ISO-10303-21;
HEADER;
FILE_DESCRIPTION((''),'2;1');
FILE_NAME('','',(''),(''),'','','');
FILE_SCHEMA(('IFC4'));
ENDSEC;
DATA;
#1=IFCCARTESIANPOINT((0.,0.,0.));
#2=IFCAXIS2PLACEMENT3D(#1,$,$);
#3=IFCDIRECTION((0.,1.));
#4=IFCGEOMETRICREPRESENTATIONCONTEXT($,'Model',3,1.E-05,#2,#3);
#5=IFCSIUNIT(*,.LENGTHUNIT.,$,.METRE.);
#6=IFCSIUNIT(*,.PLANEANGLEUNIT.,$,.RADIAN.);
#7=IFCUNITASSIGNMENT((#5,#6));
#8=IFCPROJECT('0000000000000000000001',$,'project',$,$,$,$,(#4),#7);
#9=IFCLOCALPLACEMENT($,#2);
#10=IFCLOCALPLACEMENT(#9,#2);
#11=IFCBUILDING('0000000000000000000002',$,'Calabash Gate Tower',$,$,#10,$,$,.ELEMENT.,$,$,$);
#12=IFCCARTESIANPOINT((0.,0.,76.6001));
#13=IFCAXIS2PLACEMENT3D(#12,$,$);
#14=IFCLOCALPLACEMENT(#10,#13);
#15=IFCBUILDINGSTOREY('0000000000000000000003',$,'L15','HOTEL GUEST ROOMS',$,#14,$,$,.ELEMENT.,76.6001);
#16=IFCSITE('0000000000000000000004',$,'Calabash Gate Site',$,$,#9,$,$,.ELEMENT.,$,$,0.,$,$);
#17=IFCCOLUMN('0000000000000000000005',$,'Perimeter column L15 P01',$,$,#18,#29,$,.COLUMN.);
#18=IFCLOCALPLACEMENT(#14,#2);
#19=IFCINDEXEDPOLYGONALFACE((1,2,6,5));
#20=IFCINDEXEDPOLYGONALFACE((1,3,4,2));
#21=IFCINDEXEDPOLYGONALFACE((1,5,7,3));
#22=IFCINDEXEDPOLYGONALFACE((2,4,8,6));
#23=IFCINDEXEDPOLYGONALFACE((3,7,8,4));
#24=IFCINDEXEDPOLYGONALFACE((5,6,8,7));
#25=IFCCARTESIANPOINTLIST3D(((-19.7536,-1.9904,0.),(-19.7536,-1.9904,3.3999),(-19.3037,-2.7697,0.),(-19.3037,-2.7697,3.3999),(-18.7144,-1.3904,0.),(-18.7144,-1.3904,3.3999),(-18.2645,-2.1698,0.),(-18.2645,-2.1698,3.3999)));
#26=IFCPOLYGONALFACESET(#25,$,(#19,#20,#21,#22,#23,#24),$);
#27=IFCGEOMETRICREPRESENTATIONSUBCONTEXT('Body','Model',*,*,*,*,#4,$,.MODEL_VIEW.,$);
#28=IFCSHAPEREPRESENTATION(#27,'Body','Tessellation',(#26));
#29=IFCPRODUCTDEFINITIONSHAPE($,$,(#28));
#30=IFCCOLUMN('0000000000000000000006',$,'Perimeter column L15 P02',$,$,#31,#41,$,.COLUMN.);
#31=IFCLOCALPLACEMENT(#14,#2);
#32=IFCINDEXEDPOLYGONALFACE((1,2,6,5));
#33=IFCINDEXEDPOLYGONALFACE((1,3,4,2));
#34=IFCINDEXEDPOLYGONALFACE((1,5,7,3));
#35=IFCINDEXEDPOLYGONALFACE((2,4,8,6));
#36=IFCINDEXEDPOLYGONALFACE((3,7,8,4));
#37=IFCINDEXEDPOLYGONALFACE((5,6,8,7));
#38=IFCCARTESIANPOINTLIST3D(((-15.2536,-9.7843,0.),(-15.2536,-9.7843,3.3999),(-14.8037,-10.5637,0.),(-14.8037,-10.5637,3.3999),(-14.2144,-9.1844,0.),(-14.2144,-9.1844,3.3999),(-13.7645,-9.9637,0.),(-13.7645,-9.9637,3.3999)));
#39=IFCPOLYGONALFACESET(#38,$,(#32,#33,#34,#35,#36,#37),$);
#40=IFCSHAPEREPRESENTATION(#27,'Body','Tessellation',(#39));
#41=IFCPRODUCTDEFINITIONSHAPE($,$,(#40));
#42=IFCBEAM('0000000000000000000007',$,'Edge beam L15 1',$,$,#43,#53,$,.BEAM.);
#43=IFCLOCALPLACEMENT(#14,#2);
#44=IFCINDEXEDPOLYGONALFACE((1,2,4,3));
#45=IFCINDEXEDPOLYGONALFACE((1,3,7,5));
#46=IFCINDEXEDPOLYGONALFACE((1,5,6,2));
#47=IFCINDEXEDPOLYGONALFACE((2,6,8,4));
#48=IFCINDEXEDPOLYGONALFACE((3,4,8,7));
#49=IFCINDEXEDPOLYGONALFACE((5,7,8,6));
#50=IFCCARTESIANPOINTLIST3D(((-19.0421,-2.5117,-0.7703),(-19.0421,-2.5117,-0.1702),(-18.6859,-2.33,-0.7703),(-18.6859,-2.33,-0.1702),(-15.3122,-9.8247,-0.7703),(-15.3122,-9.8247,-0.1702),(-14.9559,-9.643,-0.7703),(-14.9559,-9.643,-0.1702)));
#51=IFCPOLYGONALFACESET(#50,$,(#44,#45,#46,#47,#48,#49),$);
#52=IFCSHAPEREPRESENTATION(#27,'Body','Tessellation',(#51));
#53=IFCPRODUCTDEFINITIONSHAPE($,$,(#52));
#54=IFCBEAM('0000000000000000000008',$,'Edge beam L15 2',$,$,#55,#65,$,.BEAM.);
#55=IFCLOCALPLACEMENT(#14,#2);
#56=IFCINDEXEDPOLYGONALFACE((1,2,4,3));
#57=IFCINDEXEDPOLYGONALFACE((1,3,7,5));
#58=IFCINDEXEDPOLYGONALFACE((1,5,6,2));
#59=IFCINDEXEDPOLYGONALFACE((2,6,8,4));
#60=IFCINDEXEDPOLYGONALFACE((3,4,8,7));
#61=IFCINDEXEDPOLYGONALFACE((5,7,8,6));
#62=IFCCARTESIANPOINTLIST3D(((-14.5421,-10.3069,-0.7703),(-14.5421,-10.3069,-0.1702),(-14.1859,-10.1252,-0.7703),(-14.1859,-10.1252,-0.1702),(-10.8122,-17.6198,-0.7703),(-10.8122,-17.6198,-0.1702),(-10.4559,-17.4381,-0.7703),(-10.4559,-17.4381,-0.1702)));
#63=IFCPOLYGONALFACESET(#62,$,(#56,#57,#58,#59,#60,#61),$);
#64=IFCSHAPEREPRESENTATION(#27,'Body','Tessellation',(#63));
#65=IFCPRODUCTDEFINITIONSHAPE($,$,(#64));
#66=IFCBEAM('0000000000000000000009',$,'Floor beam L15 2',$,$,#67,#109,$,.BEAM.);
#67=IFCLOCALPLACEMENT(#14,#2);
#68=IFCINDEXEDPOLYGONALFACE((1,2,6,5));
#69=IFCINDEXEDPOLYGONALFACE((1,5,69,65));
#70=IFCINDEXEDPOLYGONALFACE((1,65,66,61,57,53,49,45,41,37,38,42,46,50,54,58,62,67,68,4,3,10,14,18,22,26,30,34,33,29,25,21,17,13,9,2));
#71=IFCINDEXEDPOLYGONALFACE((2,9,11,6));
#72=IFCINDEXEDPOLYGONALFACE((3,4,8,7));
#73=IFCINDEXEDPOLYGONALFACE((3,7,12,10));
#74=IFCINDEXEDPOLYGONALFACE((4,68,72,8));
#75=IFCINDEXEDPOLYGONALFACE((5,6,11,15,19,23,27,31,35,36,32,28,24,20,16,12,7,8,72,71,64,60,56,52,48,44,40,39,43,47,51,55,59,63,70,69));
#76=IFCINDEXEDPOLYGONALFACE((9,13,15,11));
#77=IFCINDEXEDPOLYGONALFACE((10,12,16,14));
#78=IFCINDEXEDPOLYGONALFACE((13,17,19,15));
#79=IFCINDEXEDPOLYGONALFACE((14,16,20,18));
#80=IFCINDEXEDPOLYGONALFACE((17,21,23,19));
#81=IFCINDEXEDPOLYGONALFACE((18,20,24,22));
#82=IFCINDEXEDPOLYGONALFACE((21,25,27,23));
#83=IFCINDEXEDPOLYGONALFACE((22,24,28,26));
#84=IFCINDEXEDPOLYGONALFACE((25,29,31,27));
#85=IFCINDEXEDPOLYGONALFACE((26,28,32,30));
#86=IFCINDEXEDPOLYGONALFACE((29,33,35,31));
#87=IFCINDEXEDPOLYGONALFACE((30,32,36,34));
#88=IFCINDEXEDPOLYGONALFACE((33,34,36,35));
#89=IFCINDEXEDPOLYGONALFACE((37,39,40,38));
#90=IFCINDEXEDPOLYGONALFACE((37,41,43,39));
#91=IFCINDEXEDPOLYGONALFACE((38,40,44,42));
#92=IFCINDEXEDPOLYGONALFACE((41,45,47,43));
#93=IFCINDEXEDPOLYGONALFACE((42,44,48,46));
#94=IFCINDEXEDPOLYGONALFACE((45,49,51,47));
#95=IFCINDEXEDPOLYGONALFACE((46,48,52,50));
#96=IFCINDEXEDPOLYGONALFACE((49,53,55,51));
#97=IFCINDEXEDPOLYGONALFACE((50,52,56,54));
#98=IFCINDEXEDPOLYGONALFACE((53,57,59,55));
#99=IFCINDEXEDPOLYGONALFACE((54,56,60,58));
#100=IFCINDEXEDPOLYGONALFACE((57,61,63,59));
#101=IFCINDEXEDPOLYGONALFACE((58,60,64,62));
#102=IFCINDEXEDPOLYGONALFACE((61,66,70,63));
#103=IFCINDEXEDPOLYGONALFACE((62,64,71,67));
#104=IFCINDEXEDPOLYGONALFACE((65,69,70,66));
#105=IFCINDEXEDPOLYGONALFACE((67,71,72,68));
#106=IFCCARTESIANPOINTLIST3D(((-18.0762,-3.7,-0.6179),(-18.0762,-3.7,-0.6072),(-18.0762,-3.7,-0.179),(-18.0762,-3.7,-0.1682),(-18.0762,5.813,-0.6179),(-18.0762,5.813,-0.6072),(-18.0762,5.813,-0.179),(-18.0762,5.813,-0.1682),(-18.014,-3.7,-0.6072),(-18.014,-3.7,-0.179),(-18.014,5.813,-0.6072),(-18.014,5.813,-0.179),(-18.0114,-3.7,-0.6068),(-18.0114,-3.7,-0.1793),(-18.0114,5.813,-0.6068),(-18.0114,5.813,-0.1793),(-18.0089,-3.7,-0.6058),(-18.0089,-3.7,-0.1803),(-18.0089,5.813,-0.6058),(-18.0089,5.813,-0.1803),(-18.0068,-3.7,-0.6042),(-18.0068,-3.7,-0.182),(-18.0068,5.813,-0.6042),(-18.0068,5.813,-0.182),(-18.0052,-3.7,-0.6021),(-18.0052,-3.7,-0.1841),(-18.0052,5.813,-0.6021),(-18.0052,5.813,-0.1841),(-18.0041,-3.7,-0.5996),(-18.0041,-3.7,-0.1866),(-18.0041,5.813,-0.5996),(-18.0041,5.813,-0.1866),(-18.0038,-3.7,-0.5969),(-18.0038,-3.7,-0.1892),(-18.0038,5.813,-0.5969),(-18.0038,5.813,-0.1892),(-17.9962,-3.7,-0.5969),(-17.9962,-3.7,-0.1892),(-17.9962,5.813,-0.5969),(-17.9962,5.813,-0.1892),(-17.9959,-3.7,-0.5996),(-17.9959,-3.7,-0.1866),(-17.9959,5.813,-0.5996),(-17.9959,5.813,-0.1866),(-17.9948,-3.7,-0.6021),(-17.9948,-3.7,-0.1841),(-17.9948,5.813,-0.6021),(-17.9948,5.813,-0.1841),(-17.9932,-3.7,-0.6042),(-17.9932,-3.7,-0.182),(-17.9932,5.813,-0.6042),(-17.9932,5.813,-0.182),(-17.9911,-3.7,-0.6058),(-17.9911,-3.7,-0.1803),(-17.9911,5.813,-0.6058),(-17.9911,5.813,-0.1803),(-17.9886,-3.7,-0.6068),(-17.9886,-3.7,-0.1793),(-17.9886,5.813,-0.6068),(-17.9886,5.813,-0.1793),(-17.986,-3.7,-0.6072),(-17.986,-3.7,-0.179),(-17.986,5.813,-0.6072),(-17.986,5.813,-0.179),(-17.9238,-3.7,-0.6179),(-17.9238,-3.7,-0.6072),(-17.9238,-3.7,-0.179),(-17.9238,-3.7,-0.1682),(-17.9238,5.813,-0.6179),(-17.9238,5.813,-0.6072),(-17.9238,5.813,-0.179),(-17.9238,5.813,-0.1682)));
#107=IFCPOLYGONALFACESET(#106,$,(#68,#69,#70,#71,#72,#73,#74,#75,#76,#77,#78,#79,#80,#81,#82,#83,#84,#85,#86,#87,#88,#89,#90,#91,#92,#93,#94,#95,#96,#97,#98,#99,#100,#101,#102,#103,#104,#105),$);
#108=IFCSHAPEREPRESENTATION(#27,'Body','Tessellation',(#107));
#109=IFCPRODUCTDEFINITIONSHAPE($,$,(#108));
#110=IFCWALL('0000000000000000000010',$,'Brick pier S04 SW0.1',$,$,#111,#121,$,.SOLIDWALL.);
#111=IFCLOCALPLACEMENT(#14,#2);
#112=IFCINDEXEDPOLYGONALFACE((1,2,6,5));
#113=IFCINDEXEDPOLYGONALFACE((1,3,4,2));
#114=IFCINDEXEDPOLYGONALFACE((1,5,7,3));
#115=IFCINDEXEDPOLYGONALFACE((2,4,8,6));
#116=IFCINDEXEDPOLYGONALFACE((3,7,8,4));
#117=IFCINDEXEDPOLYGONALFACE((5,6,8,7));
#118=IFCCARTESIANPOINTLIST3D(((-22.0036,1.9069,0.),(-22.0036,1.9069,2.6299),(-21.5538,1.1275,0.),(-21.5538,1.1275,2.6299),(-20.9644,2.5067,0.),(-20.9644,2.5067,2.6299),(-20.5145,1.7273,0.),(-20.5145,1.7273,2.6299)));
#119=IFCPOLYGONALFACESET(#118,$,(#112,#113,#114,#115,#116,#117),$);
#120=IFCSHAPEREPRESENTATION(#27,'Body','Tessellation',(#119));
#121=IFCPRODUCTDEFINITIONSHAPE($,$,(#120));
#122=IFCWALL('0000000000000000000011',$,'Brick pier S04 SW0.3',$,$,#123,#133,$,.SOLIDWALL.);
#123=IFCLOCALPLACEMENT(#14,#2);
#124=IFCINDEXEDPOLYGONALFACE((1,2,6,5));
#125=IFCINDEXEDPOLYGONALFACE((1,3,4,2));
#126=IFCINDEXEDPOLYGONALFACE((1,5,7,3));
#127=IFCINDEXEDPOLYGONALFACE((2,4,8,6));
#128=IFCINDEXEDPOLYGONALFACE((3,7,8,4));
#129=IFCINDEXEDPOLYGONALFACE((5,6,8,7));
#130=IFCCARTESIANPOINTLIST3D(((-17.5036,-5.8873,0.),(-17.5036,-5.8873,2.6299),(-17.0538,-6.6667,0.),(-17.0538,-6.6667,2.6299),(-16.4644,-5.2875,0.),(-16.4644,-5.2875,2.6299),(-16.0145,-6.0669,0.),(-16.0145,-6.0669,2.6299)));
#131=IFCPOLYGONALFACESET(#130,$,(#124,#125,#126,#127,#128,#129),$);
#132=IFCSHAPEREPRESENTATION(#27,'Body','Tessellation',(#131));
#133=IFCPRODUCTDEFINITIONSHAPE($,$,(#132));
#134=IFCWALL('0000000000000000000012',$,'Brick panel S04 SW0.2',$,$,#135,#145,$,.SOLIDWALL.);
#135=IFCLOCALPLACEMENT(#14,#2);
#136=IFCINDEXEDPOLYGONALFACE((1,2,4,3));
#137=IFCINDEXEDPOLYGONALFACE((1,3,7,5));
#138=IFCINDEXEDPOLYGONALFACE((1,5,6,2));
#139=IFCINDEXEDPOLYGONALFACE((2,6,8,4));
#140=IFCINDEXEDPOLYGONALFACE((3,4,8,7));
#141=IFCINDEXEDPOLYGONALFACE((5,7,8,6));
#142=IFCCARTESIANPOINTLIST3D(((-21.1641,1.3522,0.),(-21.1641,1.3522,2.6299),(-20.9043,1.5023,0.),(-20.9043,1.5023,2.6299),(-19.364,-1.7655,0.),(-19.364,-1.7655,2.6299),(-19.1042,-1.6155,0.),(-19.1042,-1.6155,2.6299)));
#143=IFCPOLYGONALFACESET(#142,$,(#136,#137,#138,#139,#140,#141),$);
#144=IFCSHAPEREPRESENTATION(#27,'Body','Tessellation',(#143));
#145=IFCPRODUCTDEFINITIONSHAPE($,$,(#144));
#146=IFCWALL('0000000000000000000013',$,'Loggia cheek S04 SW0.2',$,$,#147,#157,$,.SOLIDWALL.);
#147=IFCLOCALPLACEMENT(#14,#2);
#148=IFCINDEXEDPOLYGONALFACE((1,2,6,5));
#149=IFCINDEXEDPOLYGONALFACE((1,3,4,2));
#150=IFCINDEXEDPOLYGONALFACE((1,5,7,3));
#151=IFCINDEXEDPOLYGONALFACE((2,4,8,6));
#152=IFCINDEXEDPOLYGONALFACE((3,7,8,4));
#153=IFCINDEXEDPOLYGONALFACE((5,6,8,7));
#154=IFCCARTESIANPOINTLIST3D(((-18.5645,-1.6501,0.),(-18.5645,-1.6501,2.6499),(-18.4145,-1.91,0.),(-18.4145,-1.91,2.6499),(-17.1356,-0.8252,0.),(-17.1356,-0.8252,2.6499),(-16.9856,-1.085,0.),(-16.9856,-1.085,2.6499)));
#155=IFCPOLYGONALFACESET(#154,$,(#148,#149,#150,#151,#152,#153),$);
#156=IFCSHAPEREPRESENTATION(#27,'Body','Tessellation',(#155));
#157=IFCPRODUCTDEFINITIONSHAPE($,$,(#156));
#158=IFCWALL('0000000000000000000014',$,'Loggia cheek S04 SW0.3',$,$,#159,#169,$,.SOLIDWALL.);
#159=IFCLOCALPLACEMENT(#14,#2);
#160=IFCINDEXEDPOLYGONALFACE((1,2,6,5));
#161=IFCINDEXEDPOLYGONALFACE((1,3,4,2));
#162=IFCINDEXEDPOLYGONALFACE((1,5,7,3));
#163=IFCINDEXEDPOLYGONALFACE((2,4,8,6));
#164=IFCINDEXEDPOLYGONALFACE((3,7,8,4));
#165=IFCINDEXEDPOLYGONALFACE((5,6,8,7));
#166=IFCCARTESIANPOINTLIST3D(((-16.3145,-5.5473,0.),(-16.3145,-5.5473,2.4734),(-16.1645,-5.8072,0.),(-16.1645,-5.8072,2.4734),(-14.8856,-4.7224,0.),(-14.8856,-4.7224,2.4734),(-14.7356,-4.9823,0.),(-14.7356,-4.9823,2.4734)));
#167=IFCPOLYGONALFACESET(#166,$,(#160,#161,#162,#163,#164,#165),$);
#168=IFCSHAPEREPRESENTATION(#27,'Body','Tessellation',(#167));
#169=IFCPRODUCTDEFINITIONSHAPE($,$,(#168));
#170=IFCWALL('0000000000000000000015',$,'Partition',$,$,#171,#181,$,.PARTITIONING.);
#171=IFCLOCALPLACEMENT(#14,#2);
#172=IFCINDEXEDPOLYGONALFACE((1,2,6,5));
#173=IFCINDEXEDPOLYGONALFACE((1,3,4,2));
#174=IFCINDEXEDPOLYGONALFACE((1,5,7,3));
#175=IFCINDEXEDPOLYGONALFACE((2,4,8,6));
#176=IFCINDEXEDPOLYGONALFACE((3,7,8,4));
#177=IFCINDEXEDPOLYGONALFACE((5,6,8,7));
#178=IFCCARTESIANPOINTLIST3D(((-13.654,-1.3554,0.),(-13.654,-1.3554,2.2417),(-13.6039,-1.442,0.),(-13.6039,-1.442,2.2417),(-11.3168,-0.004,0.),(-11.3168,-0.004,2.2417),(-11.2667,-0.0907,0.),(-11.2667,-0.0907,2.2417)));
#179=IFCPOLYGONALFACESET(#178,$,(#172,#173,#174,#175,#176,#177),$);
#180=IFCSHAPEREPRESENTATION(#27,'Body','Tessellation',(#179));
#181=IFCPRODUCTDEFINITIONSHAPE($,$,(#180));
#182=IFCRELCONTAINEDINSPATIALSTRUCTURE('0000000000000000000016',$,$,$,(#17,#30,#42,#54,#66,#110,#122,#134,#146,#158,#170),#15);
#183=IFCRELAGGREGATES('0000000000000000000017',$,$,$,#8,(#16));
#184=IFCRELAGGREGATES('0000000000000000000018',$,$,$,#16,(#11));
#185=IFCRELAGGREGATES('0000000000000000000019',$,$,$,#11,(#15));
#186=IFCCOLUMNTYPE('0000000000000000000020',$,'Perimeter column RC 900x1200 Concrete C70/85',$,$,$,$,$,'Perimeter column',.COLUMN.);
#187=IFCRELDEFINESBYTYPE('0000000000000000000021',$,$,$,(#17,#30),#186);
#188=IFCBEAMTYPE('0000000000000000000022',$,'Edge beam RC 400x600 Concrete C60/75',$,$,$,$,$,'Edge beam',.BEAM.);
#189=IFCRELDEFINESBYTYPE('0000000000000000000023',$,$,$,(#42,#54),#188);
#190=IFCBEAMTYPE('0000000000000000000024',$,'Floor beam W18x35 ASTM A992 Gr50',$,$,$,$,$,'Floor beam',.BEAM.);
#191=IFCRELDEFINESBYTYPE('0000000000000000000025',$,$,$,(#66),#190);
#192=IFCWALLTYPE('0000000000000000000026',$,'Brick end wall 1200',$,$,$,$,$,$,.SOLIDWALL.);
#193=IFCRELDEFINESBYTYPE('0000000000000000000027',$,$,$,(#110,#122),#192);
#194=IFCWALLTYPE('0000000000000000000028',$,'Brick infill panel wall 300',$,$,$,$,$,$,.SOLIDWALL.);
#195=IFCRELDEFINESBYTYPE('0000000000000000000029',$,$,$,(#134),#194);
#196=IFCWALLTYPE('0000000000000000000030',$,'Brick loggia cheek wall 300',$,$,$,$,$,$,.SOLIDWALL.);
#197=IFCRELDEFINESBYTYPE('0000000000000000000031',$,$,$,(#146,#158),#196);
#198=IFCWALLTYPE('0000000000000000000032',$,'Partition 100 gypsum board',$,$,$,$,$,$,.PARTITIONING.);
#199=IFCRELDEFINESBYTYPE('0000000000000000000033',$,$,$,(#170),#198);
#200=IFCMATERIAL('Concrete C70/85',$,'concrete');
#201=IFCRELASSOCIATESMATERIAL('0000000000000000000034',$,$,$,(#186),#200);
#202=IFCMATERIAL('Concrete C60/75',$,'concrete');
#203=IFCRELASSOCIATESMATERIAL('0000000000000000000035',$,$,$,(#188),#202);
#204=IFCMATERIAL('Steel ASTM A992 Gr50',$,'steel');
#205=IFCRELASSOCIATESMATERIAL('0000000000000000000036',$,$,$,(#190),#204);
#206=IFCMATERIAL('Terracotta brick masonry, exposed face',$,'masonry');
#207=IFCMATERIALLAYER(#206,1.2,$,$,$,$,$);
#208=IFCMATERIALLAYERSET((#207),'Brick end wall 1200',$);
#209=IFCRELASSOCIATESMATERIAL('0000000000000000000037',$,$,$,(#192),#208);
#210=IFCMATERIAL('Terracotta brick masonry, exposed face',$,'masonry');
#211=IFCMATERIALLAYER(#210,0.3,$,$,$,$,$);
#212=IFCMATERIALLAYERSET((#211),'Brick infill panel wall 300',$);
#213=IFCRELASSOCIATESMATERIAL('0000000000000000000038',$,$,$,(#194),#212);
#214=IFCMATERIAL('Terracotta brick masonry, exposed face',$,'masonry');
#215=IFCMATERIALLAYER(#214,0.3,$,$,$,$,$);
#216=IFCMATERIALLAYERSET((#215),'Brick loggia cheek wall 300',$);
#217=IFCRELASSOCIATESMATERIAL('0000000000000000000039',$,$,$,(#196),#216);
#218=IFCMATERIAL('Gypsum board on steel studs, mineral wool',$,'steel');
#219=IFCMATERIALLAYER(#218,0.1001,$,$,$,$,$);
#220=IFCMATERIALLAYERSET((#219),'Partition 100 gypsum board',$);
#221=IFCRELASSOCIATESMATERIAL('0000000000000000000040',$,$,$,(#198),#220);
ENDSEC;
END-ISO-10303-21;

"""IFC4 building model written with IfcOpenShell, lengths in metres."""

from ifc_helpers import new_model, si_unit, direction, frame, frame_2d, origin, origin_2d, place, context, subcontext, project, spatial, rectangle, i_section, extrude, material, layer, layer_set, material_profile, profile_set, type_object, element, save


model = new_model("IFC4")

# Units and contexts
model_context = context("Model", 3, precision=1e-05, world=origin(), true_north=direction((0.0, 1.0)))
body_context = subcontext(model_context, "Body", "Model", "MODEL_VIEW")
ifc_project = project(units=[si_unit("LENGTHUNIT", "METRE"), si_unit("PLANEANGLEUNIT", "RADIAN")], contexts=[model_context])

# Site, building, storey
site_placement = place(None, origin())
site = spatial("IfcSite", under=ifc_project, at=site_placement, Name="Calabash Gate Site", CompositionType="ELEMENT", RefElevation=0.0)
building_placement = place(site_placement, origin())
building = spatial("IfcBuilding", under=site, at=building_placement, Name="Calabash Gate Tower", CompositionType="ELEMENT")
storey_placement = place(building_placement, frame((0.0, 0.0, 76.6001)))
storey = spatial("IfcBuildingStorey", under=building, at=storey_placement, Name="L15", Description="HOTEL GUEST ROOMS", CompositionType="ELEMENT", Elevation=76.6001)

# Columns
ifc_material_1 = material(Name="Concrete C70/85", Category="concrete")
ifc_material_profile_1 = material_profile(ifc_material_1, rectangle(XDim=0.8999, YDim=1.2, at=origin_2d()))
ifc_profile_set_1 = profile_set([ifc_material_profile_1], Name="Concrete C70/85")
column_type = type_object("IfcColumnType", Name="Perimeter column RC 900x1200 Concrete C70/85", ElementType="Perimeter column", PredefinedType="COLUMN", material=ifc_profile_set_1)
for number, where, z_axis, x_axis, name in (
    (1, (-19.009, -2.0801, 0.0), (0.0, 0.0, 1.0), (0.5, -0.866025, 0.0), "Perimeter column L15 P01"),
    (2, (-14.509, -9.874, 0.0), (0.0, 0.0, 1.0), (0.5, -0.866025, 0.0), "Perimeter column L15 P02"),
):
    element("IfcColumn", number, at=place(storey_placement, frame(where, z_axis=z_axis, x_axis=x_axis)), inside=storey, type_object=column_type, Name=name, PredefinedType="COLUMN", context=body_context, shape_type="SweptSolid", body=[
        extrude(rectangle(XDim=0.8999, YDim=1.2, at=origin_2d()), origin(), (0.0, 0.0, 1.0), 3.3999),
    ])

# Beams
ifc_material_2 = material(Name="Concrete C60/75", Category="concrete")
ifc_material_profile_2 = material_profile(ifc_material_2, rectangle(XDim=0.3999, YDim=0.6001, at=origin_2d()))
ifc_profile_set_2 = profile_set([ifc_material_profile_2], Name="Concrete C60/75")
beam_type_1 = type_object("IfcBeamType", Name="Edge beam RC 400x600 Concrete C60/75", ElementType="Edge beam", PredefinedType="BEAM", material=ifc_profile_set_2)
for number, where, z_axis, x_axis, name in (
    (3, (-18.864, -2.4209, -0.4702), (0.454361, -0.890818, 0.0), (0.890818, 0.454361, 0.0), "Edge beam L15 1"),
    (4, (-14.364, -10.2161, -0.4702), (0.454361, -0.890818, 0.0), (0.890818, 0.454361, 0.0), "Edge beam L15 2"),
):
    element("IfcBeam", number, at=place(storey_placement, frame(where, z_axis=z_axis, x_axis=x_axis)), inside=storey, type_object=beam_type_1, Name=name, PredefinedType="BEAM", context=body_context, shape_type="SweptSolid", body=[
        extrude(rectangle(XDim=0.3999, YDim=0.6001, at=origin_2d()), origin(), (0.0, 0.0, 1.0), 8.2092),
    ])
ifc_material_3 = material(Name="Steel ASTM A992 Gr50", Category="steel")
ifc_material_profile_3 = material_profile(ifc_material_3, i_section(OverallWidth=0.1523, OverallDepth=0.4497, WebThickness=0.0076, FlangeThickness=0.0107, FilletRadius=0.0103, at=origin_2d()))
ifc_profile_set_3 = profile_set([ifc_material_profile_3], Name="Steel ASTM A992 Gr50")
beam_type_2 = type_object("IfcBeamType", Name="Floor beam W18x35 ASTM A992 Gr50", ElementType="Floor beam", PredefinedType="BEAM", material=ifc_profile_set_3)
beam_placement = place(storey_placement, frame((-18.0, -3.7, -0.3931), z_axis=(0.0, 1.0, 0.0), x_axis=(-1.0, 0.0, 0.0)))
element("IfcBeam", 5, at=beam_placement, inside=storey, type_object=beam_type_2, Name="Floor beam L15 2", PredefinedType="BEAM", context=body_context, shape_type="SweptSolid", body=[
    extrude(i_section(OverallWidth=0.1523, OverallDepth=0.4497, WebThickness=0.0076, FlangeThickness=0.0107, FilletRadius=0.0103, at=origin_2d()), origin(), (0.0, 0.0, 1.0), 9.5129),
])

# Walls
ifc_material_4 = material(Name="Terracotta brick masonry, exposed face", Category="masonry")
ifc_layer_1 = layer(ifc_material_4, 1.2)
ifc_layer_set_1 = layer_set([ifc_layer_1], Name="Brick end wall 1200")
wall_type_1 = type_object("IfcWallType", Name="Brick end wall 1200", PredefinedType="SOLIDWALL", material=ifc_layer_set_1)
for number, where, z_axis, x_axis, name in (
    (6, (-21.7788, 1.5171, 0.0), (0.0, 0.0, 1.0), (0.866094, 0.499881, 0.0), "Brick pier S04 SW0.1"),
    (7, (-17.2788, -6.2771, 0.0), (0.0, 0.0, 1.0), (0.866094, 0.499881, 0.0), "Brick pier S04 SW0.3"),
):
    element("IfcWall", number, at=place(storey_placement, frame(where, z_axis=z_axis, x_axis=x_axis)), inside=storey, type_object=wall_type_1, Name=name, PredefinedType="SOLIDWALL", context=body_context, shape_type="SweptSolid", body=[
        extrude(rectangle(XDim=1.2, YDim=0.8999, at=frame_2d((0.6001, 0.0))), origin(), (0.0, 0.0, 1.0), 2.6299),
    ])
ifc_material_5 = material(Name="Terracotta brick masonry, exposed face", Category="masonry")
ifc_layer_2 = layer(ifc_material_5, 0.3)
ifc_layer_set_2 = layer_set([ifc_layer_2], Name="Brick infill panel wall 300")
wall_type_2 = type_object("IfcWallType", Name="Brick infill panel wall 300", PredefinedType="SOLIDWALL", material=ifc_layer_set_2)
wall_1_placement = place(storey_placement, frame((-21.0342, 1.4272, 0.0), z_axis=(0.0, 0.0, 1.0), x_axis=(0.500012, -0.866018, 0.0)))
element("IfcWall", 8, at=wall_1_placement, inside=storey, type_object=wall_type_2, Name="Brick panel S04 SW0.2", PredefinedType="SOLIDWALL", context=body_context, shape_type="SweptSolid", body=[
    extrude(rectangle(XDim=3.6001, YDim=0.3, at=frame_2d((1.8, 0.0))), origin(), (0.0, 0.0, 1.0), 2.6299),
])
ifc_material_6 = material(Name="Terracotta brick masonry, exposed face", Category="masonry")
ifc_layer_3 = layer(ifc_material_6, 0.3)
ifc_layer_set_3 = layer_set([ifc_layer_3], Name="Brick loggia cheek wall 300")
wall_type_3 = type_object("IfcWallType", Name="Brick loggia cheek wall 300", PredefinedType="SOLIDWALL", material=ifc_layer_set_3)
wall_2_placement = place(storey_placement, frame((-18.4895, -1.78, 0.0), z_axis=(0.0, 0.0, 1.0), x_axis=(0.86604, 0.499974, 0.0)))
element("IfcWall", 9, at=wall_2_placement, inside=storey, type_object=wall_type_3, Name="Loggia cheek S04 SW0.2", PredefinedType="SOLIDWALL", context=body_context, shape_type="SweptSolid", body=[
    extrude(rectangle(XDim=1.6499, YDim=0.3, at=frame_2d((0.825, 0.0))), origin(), (0.0, 0.0, 1.0), 2.6499),
])
wall_3_placement = place(storey_placement, frame((-16.2395, -5.6772, 0.0), z_axis=(0.0, 0.0, 1.0), x_axis=(0.86604, 0.499974, 0.0)))
element("IfcWall", 10, at=wall_3_placement, inside=storey, type_object=wall_type_3, Name="Loggia cheek S04 SW0.3", PredefinedType="SOLIDWALL", context=body_context, shape_type="SweptSolid", body=[
    extrude(rectangle(XDim=1.6499, YDim=0.3, at=frame_2d((0.825, 0.0))), origin(), (0.0, 0.0, 1.0), 2.4734),
])
ifc_material_7 = material(Name="Gypsum board on steel studs, mineral wool", Category="steel")
ifc_layer_4 = layer(ifc_material_7, 0.1001)
ifc_layer_set_4 = layer_set([ifc_layer_4], Name="Partition 100 gypsum board")
wall_type_4 = type_object("IfcWallType", Name="Partition 100 gypsum board", PredefinedType="PARTITIONING", material=ifc_layer_set_4)
wall_4_placement = place(storey_placement, frame((-13.6289, -1.3987, 0.0), z_axis=(0.0, 0.0, 1.0), x_axis=(0.865711, 0.500544, 0.0)))
element("IfcWall", 11, at=wall_4_placement, inside=storey, type_object=wall_type_4, Name="Partition", PredefinedType="PARTITIONING", context=body_context, shape_type="SweptSolid", body=[
    extrude(rectangle(XDim=2.6997, YDim=0.1001, at=frame_2d((1.3499, 0.0))), origin(), (0.0, 0.0, 1.0), 2.2417),
])

save(model, "model.ifc")
